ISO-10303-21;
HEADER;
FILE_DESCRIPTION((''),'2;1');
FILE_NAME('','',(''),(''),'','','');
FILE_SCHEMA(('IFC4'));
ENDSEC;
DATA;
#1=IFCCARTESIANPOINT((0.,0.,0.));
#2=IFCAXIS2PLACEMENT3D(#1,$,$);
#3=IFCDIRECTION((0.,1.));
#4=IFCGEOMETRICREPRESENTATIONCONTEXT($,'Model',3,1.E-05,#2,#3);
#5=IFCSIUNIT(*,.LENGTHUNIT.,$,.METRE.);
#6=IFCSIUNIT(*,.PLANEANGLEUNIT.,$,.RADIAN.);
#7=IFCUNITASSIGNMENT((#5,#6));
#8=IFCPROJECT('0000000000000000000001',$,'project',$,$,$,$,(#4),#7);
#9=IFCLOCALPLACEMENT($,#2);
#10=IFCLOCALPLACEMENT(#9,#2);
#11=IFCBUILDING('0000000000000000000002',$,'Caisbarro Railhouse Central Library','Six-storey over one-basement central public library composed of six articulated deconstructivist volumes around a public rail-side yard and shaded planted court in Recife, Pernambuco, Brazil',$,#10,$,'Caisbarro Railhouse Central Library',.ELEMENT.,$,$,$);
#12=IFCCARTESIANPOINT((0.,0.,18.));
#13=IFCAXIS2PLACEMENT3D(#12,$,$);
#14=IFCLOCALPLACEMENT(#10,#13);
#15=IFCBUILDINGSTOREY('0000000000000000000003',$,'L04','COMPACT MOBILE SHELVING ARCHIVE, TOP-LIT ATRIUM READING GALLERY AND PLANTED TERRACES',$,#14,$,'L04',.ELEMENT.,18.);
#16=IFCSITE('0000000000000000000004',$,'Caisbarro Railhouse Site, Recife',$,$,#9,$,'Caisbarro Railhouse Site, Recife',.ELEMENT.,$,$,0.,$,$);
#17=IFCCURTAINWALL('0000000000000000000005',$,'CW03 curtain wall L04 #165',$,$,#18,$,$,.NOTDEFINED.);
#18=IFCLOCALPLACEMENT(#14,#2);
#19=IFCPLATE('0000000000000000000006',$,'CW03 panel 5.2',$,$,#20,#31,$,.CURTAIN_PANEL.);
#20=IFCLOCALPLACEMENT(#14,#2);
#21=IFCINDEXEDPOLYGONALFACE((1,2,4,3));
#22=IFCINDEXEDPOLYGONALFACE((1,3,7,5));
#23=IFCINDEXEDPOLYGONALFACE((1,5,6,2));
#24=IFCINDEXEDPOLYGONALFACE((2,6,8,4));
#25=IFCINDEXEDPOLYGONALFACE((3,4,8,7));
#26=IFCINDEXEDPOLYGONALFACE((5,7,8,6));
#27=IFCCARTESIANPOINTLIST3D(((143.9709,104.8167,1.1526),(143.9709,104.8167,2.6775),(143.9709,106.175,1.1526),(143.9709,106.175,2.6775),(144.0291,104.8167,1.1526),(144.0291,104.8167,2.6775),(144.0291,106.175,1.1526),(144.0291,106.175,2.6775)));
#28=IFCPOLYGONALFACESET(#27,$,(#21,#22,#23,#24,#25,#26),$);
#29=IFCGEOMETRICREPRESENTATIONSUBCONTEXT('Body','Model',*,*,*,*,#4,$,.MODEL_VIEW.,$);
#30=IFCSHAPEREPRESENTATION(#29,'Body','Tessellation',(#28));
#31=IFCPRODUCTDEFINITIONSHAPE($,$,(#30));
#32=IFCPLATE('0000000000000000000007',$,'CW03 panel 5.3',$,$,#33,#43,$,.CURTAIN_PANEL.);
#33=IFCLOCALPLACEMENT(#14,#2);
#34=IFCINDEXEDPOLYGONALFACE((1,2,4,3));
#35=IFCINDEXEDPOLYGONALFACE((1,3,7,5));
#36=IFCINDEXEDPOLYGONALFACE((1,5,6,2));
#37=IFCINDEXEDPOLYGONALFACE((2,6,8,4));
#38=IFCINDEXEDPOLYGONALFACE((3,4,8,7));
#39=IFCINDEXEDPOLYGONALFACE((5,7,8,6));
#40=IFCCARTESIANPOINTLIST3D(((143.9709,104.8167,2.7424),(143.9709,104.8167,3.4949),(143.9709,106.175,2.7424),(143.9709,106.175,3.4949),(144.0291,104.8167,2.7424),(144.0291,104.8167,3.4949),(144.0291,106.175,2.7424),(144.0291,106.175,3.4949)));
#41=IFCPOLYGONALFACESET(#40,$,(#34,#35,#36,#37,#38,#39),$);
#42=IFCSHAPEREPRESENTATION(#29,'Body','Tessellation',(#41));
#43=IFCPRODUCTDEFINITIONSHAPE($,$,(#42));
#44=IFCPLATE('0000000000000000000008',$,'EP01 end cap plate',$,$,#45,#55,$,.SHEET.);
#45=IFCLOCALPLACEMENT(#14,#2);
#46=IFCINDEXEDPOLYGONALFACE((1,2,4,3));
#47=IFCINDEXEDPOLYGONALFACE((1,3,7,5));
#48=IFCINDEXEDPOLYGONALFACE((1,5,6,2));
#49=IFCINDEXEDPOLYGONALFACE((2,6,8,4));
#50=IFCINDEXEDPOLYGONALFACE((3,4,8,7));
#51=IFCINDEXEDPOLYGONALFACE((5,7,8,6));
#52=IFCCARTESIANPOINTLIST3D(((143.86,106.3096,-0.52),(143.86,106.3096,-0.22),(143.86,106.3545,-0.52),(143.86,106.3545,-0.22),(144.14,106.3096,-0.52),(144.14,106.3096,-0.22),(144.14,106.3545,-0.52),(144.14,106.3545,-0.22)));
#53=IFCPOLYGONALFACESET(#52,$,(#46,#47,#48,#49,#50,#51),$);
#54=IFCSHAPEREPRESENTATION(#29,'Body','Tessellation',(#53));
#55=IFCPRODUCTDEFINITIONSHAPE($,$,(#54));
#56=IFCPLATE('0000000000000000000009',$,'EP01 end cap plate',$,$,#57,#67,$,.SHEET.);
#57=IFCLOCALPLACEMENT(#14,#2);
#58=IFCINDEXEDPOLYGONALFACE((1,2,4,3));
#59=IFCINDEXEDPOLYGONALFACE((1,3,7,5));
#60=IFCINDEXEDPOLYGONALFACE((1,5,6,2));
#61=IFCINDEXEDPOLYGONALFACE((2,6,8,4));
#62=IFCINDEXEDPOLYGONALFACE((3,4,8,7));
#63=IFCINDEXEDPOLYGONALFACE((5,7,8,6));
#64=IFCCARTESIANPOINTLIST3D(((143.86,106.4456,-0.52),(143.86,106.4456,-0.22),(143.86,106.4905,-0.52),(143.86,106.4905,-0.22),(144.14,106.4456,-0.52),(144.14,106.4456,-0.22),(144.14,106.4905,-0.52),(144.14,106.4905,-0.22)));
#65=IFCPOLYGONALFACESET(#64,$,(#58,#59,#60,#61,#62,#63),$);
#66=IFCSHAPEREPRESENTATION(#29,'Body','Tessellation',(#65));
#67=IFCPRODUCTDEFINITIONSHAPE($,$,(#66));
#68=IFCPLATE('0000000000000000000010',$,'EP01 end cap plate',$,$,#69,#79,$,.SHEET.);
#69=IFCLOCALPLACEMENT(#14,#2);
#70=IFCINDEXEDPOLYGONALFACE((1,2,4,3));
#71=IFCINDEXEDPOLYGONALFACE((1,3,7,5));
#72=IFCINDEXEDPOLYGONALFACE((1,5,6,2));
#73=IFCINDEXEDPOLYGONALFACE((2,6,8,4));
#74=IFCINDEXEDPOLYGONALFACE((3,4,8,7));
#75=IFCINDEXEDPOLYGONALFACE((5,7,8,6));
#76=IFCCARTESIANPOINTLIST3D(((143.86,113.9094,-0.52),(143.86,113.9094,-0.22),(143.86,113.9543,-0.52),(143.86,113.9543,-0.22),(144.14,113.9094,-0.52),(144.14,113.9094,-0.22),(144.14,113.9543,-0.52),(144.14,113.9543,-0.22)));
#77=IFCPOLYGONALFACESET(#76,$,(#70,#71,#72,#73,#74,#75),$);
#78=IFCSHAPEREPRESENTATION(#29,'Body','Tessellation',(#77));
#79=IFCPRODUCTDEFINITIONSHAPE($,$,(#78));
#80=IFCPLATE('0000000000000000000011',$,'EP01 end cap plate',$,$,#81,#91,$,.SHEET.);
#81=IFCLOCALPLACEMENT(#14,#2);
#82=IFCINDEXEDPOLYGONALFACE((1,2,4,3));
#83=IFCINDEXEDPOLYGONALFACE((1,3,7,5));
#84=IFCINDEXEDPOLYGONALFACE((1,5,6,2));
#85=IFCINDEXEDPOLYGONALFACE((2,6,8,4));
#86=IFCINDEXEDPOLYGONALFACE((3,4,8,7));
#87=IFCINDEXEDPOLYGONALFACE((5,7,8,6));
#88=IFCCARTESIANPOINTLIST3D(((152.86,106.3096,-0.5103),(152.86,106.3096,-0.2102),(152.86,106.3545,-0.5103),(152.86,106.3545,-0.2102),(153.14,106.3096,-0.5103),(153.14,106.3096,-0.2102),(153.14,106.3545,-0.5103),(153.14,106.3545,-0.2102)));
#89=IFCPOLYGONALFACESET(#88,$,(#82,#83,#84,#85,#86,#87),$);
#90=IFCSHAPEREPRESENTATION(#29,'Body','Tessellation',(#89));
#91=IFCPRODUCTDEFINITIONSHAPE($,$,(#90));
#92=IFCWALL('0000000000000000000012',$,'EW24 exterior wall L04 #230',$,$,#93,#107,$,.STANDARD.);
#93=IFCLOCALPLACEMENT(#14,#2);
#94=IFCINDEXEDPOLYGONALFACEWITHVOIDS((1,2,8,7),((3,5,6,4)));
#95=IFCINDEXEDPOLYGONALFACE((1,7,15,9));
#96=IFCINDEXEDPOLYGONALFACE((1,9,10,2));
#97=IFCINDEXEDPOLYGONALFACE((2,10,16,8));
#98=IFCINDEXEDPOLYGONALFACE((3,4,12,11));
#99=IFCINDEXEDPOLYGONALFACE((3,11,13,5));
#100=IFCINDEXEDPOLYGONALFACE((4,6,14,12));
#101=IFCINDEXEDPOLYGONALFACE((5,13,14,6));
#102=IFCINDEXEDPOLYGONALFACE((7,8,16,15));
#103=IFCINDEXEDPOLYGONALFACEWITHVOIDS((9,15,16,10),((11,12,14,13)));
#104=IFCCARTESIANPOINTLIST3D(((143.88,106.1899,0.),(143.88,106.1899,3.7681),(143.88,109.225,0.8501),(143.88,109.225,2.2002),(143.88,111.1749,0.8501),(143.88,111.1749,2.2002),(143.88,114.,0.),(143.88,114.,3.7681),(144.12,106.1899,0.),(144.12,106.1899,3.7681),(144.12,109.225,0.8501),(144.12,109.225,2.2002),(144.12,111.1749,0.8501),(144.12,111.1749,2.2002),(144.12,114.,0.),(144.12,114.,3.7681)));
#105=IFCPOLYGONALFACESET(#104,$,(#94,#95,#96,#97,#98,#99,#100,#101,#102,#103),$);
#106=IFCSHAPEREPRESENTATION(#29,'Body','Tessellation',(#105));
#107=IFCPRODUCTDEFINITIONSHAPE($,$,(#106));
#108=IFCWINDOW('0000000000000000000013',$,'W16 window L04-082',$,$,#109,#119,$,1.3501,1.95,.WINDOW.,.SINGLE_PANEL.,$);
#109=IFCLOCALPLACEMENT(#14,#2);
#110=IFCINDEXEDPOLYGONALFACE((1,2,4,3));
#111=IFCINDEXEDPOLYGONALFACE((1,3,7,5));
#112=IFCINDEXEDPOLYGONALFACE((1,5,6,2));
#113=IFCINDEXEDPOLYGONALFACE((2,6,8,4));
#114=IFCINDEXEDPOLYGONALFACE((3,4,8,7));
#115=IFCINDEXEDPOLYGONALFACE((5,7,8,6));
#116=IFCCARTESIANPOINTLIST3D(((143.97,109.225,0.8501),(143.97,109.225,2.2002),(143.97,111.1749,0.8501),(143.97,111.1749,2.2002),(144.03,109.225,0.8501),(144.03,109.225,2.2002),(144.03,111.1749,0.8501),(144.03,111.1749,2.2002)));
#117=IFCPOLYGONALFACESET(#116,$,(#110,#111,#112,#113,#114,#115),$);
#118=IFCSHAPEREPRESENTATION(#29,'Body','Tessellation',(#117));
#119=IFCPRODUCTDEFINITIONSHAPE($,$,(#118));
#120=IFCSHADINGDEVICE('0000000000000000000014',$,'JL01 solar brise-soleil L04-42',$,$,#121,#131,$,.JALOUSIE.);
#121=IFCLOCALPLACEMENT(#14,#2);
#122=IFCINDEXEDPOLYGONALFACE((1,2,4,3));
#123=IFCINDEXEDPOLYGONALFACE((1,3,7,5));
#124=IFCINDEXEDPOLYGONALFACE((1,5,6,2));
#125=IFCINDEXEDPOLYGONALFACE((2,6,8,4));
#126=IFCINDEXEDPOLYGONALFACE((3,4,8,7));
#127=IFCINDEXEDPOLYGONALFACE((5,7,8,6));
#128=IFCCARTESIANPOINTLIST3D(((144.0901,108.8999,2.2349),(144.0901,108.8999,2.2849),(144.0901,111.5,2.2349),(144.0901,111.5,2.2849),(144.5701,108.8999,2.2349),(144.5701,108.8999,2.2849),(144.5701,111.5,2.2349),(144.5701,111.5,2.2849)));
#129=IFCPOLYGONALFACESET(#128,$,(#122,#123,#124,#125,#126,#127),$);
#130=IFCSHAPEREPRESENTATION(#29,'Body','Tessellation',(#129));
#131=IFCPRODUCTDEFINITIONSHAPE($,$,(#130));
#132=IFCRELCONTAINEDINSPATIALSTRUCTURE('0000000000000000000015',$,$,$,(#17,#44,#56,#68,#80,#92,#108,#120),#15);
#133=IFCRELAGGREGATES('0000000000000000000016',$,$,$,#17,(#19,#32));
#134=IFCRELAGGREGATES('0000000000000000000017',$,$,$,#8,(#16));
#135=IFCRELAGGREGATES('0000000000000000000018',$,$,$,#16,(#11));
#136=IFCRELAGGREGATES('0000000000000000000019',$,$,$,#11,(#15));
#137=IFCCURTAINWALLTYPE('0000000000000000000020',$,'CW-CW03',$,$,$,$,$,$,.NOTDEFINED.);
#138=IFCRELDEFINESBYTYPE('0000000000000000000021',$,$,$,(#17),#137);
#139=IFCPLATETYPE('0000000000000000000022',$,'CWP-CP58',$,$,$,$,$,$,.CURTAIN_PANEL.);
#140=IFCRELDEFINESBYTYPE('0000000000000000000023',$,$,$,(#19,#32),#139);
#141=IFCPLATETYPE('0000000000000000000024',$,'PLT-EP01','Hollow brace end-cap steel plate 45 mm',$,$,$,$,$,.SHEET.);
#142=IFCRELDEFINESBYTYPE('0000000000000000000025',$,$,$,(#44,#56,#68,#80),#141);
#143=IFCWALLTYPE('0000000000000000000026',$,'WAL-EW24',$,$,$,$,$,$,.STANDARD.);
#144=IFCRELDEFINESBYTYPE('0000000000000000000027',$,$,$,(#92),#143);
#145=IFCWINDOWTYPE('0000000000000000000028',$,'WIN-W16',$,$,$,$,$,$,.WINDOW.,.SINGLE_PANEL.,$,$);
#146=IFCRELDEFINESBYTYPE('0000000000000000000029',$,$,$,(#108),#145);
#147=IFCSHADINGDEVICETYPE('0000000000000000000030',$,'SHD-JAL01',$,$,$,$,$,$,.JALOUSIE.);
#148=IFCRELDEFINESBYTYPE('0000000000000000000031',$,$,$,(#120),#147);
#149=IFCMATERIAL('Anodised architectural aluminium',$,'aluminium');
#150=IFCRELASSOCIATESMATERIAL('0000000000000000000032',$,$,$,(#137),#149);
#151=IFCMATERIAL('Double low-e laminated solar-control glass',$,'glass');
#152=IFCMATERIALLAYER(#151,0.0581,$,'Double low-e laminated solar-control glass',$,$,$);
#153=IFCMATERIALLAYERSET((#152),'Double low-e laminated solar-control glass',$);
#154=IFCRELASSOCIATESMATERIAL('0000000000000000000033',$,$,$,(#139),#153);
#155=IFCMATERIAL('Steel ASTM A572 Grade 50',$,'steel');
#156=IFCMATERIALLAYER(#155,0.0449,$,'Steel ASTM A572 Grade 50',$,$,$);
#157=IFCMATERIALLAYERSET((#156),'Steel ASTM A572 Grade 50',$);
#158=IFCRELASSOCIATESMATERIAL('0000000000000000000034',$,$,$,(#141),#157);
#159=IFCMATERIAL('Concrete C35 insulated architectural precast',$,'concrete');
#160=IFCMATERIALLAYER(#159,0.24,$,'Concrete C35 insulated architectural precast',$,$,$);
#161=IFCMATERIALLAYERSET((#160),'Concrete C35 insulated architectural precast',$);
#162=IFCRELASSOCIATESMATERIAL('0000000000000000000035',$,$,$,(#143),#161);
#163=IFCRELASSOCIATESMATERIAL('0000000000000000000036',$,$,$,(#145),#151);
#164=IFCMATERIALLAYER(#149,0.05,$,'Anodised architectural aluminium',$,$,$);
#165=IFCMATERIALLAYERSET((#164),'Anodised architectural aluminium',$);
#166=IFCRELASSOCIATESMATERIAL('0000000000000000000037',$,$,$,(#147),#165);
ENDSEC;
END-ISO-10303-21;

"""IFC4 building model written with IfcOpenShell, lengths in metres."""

from ifc_helpers import new_model, si_unit, direction, frame, frame_2d, origin, origin_2d, place, context, subcontext, project, spatial, rectangle, extrude, material, layer, layer_set, type_object, element, fill, aggregate, save


model = new_model("IFC4")

# Units and contexts
model_context = context("Model", 3, precision=1e-05, world=origin(), true_north=direction((0.0, 1.0)))
body_context = subcontext(model_context, "Body", "Model", "MODEL_VIEW")
ifc_project = project(units=[si_unit("LENGTHUNIT", "METRE"), si_unit("PLANEANGLEUNIT", "RADIAN")], contexts=[model_context])

# Site, building, storey
site_placement = place(None, origin())
site = spatial("IfcSite", under=ifc_project, at=site_placement, Name="Caisbarro Railhouse Site, Recife", LongName="Caisbarro Railhouse Site, Recife", CompositionType="ELEMENT", RefElevation=0.0)
building_placement = place(site_placement, origin())
building = spatial("IfcBuilding", under=site, at=building_placement, Name="Caisbarro Railhouse Central Library", Description="Six-storey over one-basement central public library composed of six articulated deconstructivist volumes around a public rail-side yard and shaded planted court in Recife, Pernambuco, Brazil", LongName="Caisbarro Railhouse Central Library", CompositionType="ELEMENT")
storey_placement = place(building_placement, frame((0.0, 0.0, 18.0)))
storey = spatial("IfcBuildingStorey", under=building, at=storey_placement, Name="L04", Description="COMPACT MOBILE SHELVING ARCHIVE, TOP-LIT ATRIUM READING GALLERY AND PLANTED TERRACES", LongName="L04", CompositionType="ELEMENT", Elevation=18.0)

# Shared definitions
ifc_material_1 = material(Name="Steel ASTM A572 Grade 50", Category="steel")

# Curtain wall, plates
ifc_material_2 = material(Name="Anodised architectural aluminium", Category="aluminium")
curtain_wall_type = type_object("IfcCurtainWallType", Name="CW-CW03", PredefinedType="NOTDEFINED", material=ifc_material_2)
curtain_wall_placement = place(storey_placement, origin())
curtain_wall = element("IfcCurtainWall", 1, at=curtain_wall_placement, inside=storey, type_object=curtain_wall_type, Name="CW03 curtain wall L04 #165", PredefinedType="NOTDEFINED")
ifc_material_3 = material(Name="Double low-e laminated solar-control glass", Category="glass")
ifc_layer_1 = layer(ifc_material_3, 0.0581, Name="Double low-e laminated solar-control glass")
ifc_layer_set_1 = layer_set([ifc_layer_1], Name="Double low-e laminated solar-control glass")
plate_type_1 = type_object("IfcPlateType", Name="CWP-CP58", PredefinedType="CURTAIN_PANEL", material=ifc_layer_set_1)
plate_1_placement = place(storey_placement, frame((144.0, 105.4958, 1.1526), z_axis=(0.0, 0.0, 1.0), x_axis=(0.0, 1.0, 0.0)))
plate_1 = element("IfcPlate", 2, at=plate_1_placement, type_object=plate_type_1, Name="CW03 panel 5.2", PredefinedType="CURTAIN_PANEL", context=body_context, shape_type="SweptSolid", body=[
    extrude(rectangle(XDim=1.3584, YDim=0.0581, at=origin_2d()), origin(), (0.0, 0.0, 1.0), 1.5249),
])
plate_2_placement = place(storey_placement, frame((144.0, 105.4958, 2.7424), z_axis=(0.0, 0.0, 1.0), x_axis=(0.0, 1.0, 0.0)))
plate_2 = element("IfcPlate", 3, at=plate_2_placement, type_object=plate_type_1, Name="CW03 panel 5.3", PredefinedType="CURTAIN_PANEL", context=body_context, shape_type="SweptSolid", body=[
    extrude(rectangle(XDim=1.3584, YDim=0.0581, at=origin_2d()), origin(), (0.0, 0.0, 1.0), 0.7524),
])
aggregate(curtain_wall, [plate_1, plate_2])

# Plates
ifc_layer_2 = layer(ifc_material_1, 0.0449, Name="Steel ASTM A572 Grade 50")
ifc_layer_set_2 = layer_set([ifc_layer_2], Name="Steel ASTM A572 Grade 50")
plate_type_2 = type_object("IfcPlateType", Name="PLT-EP01", Description="Hollow brace end-cap steel plate 45 mm", PredefinedType="SHEET", material=ifc_layer_set_2)
for number, where, z_axis, x_axis, name in (
    (4, (144.0, 106.332, -0.52), (0.0, 0.0, 1.0), (0.0, 1.0, 0.0), "EP01 end cap plate"),
    (5, (144.0, 106.468, -0.52), (0.0, 0.0, 1.0), (0.0, 1.0, 0.0), "EP01 end cap plate"),
    (6, (144.0, 113.9319, -0.52), (0.0, 0.0, 1.0), (0.0, 1.0, 0.0), "EP01 end cap plate"),
    (7, (153.0, 106.332, -0.5103), (0.0, 0.0, 1.0), (0.0, 1.0, 0.0), "EP01 end cap plate"),
):
    element("IfcPlate", number, at=place(storey_placement, frame(where, z_axis=z_axis, x_axis=x_axis)), inside=storey, type_object=plate_type_2, Name=name, PredefinedType="SHEET", context=body_context, shape_type="SweptSolid", body=[
        extrude(rectangle(XDim=0.0449, YDim=0.28, at=origin_2d()), origin(), (0.0, 0.0, 1.0), 0.3),
    ])

# Wall, opening, window
ifc_material_4 = material(Name="Concrete C35 insulated architectural precast", Category="concrete")
ifc_layer_3 = layer(ifc_material_4, 0.24, Name="Concrete C35 insulated architectural precast")
ifc_layer_set_3 = layer_set([ifc_layer_3], Name="Concrete C35 insulated architectural precast")
wall_type = type_object("IfcWallType", Name="WAL-EW24", PredefinedType="STANDARD", material=ifc_layer_set_3)
wall_placement = place(storey_placement, frame((144.0, 106.1899, 0.0), z_axis=(0.0, 0.0, 1.0), x_axis=(0.0, 1.0, 0.0)))
wall = element("IfcWall", 8, at=wall_placement, inside=storey, type_object=wall_type, Name="EW24 exterior wall L04 #230", PredefinedType="STANDARD", context=body_context, shape_type="SweptSolid", body=[
    extrude(rectangle(XDim=7.8101, YDim=0.24, at=frame_2d((3.905, 0.0))), origin(), (0.0, 0.0, 1.0), 3.7681),
])
opening_placement = place(wall_placement, frame((3.0349, 0.0, 0.8501)))
opening = element("IfcOpeningElement", 9, at=opening_placement, cuts=wall, PredefinedType="OPENING", context=body_context, shape_type="SweptSolid", body=[
    extrude(rectangle(XDim=1.95, YDim=1.3501, at=frame_2d((0.9751, 0.675))), frame((0.0, 0.1299, 0.0), z_axis=(0.0, -1.0, 0.0), x_axis=(1.0, 0.0, 0.0)), (0.0, 0.0, 1.0), 0.26),
])
window_type = type_object("IfcWindowType", Name="WIN-W16", PartitioningType="SINGLE_PANEL", PredefinedType="WINDOW", material=ifc_material_3)
window_placement = place(opening_placement, origin())
window = element("IfcWindow", 10, at=window_placement, inside=storey, type_object=window_type, Name="W16 window L04-082", OverallHeight=1.3501, OverallWidth=1.95, PartitioningType="SINGLE_PANEL", PredefinedType="WINDOW", context=body_context, shape_type="SweptSolid", body=[
    extrude(rectangle(XDim=1.95, YDim=1.3501, at=frame_2d((0.9751, 0.675))), frame((0.0, 0.03, 0.0), z_axis=(0.0, -1.0, 0.0), x_axis=(1.0, 0.0, 0.0)), (0.0, 0.0, 1.0), 0.0601),
])
fill(opening, window)

# Shading device
ifc_layer_4 = layer(ifc_material_2, 0.05, Name="Anodised architectural aluminium")
ifc_layer_set_4 = layer_set([ifc_layer_4], Name="Anodised architectural aluminium")
shading_device_type = type_object("IfcShadingDeviceType", Name="SHD-JAL01", PredefinedType="JALOUSIE", material=ifc_layer_set_4)
shading_device_placement = place(storey_placement, frame((144.3301, 110.2, 2.2349), z_axis=(0.0, 0.0, 1.0), x_axis=(0.0, 1.0, 0.0)))
element("IfcShadingDevice", 11, at=shading_device_placement, inside=storey, type_object=shading_device_type, Name="JL01 solar brise-soleil L04-42", PredefinedType="JALOUSIE", context=body_context, shape_type="SweptSolid", body=[
    extrude(rectangle(XDim=2.6001, YDim=0.48, at=origin_2d()), origin(), (0.0, 0.0, 1.0), 0.05),
])

save(model, "model.ifc")
